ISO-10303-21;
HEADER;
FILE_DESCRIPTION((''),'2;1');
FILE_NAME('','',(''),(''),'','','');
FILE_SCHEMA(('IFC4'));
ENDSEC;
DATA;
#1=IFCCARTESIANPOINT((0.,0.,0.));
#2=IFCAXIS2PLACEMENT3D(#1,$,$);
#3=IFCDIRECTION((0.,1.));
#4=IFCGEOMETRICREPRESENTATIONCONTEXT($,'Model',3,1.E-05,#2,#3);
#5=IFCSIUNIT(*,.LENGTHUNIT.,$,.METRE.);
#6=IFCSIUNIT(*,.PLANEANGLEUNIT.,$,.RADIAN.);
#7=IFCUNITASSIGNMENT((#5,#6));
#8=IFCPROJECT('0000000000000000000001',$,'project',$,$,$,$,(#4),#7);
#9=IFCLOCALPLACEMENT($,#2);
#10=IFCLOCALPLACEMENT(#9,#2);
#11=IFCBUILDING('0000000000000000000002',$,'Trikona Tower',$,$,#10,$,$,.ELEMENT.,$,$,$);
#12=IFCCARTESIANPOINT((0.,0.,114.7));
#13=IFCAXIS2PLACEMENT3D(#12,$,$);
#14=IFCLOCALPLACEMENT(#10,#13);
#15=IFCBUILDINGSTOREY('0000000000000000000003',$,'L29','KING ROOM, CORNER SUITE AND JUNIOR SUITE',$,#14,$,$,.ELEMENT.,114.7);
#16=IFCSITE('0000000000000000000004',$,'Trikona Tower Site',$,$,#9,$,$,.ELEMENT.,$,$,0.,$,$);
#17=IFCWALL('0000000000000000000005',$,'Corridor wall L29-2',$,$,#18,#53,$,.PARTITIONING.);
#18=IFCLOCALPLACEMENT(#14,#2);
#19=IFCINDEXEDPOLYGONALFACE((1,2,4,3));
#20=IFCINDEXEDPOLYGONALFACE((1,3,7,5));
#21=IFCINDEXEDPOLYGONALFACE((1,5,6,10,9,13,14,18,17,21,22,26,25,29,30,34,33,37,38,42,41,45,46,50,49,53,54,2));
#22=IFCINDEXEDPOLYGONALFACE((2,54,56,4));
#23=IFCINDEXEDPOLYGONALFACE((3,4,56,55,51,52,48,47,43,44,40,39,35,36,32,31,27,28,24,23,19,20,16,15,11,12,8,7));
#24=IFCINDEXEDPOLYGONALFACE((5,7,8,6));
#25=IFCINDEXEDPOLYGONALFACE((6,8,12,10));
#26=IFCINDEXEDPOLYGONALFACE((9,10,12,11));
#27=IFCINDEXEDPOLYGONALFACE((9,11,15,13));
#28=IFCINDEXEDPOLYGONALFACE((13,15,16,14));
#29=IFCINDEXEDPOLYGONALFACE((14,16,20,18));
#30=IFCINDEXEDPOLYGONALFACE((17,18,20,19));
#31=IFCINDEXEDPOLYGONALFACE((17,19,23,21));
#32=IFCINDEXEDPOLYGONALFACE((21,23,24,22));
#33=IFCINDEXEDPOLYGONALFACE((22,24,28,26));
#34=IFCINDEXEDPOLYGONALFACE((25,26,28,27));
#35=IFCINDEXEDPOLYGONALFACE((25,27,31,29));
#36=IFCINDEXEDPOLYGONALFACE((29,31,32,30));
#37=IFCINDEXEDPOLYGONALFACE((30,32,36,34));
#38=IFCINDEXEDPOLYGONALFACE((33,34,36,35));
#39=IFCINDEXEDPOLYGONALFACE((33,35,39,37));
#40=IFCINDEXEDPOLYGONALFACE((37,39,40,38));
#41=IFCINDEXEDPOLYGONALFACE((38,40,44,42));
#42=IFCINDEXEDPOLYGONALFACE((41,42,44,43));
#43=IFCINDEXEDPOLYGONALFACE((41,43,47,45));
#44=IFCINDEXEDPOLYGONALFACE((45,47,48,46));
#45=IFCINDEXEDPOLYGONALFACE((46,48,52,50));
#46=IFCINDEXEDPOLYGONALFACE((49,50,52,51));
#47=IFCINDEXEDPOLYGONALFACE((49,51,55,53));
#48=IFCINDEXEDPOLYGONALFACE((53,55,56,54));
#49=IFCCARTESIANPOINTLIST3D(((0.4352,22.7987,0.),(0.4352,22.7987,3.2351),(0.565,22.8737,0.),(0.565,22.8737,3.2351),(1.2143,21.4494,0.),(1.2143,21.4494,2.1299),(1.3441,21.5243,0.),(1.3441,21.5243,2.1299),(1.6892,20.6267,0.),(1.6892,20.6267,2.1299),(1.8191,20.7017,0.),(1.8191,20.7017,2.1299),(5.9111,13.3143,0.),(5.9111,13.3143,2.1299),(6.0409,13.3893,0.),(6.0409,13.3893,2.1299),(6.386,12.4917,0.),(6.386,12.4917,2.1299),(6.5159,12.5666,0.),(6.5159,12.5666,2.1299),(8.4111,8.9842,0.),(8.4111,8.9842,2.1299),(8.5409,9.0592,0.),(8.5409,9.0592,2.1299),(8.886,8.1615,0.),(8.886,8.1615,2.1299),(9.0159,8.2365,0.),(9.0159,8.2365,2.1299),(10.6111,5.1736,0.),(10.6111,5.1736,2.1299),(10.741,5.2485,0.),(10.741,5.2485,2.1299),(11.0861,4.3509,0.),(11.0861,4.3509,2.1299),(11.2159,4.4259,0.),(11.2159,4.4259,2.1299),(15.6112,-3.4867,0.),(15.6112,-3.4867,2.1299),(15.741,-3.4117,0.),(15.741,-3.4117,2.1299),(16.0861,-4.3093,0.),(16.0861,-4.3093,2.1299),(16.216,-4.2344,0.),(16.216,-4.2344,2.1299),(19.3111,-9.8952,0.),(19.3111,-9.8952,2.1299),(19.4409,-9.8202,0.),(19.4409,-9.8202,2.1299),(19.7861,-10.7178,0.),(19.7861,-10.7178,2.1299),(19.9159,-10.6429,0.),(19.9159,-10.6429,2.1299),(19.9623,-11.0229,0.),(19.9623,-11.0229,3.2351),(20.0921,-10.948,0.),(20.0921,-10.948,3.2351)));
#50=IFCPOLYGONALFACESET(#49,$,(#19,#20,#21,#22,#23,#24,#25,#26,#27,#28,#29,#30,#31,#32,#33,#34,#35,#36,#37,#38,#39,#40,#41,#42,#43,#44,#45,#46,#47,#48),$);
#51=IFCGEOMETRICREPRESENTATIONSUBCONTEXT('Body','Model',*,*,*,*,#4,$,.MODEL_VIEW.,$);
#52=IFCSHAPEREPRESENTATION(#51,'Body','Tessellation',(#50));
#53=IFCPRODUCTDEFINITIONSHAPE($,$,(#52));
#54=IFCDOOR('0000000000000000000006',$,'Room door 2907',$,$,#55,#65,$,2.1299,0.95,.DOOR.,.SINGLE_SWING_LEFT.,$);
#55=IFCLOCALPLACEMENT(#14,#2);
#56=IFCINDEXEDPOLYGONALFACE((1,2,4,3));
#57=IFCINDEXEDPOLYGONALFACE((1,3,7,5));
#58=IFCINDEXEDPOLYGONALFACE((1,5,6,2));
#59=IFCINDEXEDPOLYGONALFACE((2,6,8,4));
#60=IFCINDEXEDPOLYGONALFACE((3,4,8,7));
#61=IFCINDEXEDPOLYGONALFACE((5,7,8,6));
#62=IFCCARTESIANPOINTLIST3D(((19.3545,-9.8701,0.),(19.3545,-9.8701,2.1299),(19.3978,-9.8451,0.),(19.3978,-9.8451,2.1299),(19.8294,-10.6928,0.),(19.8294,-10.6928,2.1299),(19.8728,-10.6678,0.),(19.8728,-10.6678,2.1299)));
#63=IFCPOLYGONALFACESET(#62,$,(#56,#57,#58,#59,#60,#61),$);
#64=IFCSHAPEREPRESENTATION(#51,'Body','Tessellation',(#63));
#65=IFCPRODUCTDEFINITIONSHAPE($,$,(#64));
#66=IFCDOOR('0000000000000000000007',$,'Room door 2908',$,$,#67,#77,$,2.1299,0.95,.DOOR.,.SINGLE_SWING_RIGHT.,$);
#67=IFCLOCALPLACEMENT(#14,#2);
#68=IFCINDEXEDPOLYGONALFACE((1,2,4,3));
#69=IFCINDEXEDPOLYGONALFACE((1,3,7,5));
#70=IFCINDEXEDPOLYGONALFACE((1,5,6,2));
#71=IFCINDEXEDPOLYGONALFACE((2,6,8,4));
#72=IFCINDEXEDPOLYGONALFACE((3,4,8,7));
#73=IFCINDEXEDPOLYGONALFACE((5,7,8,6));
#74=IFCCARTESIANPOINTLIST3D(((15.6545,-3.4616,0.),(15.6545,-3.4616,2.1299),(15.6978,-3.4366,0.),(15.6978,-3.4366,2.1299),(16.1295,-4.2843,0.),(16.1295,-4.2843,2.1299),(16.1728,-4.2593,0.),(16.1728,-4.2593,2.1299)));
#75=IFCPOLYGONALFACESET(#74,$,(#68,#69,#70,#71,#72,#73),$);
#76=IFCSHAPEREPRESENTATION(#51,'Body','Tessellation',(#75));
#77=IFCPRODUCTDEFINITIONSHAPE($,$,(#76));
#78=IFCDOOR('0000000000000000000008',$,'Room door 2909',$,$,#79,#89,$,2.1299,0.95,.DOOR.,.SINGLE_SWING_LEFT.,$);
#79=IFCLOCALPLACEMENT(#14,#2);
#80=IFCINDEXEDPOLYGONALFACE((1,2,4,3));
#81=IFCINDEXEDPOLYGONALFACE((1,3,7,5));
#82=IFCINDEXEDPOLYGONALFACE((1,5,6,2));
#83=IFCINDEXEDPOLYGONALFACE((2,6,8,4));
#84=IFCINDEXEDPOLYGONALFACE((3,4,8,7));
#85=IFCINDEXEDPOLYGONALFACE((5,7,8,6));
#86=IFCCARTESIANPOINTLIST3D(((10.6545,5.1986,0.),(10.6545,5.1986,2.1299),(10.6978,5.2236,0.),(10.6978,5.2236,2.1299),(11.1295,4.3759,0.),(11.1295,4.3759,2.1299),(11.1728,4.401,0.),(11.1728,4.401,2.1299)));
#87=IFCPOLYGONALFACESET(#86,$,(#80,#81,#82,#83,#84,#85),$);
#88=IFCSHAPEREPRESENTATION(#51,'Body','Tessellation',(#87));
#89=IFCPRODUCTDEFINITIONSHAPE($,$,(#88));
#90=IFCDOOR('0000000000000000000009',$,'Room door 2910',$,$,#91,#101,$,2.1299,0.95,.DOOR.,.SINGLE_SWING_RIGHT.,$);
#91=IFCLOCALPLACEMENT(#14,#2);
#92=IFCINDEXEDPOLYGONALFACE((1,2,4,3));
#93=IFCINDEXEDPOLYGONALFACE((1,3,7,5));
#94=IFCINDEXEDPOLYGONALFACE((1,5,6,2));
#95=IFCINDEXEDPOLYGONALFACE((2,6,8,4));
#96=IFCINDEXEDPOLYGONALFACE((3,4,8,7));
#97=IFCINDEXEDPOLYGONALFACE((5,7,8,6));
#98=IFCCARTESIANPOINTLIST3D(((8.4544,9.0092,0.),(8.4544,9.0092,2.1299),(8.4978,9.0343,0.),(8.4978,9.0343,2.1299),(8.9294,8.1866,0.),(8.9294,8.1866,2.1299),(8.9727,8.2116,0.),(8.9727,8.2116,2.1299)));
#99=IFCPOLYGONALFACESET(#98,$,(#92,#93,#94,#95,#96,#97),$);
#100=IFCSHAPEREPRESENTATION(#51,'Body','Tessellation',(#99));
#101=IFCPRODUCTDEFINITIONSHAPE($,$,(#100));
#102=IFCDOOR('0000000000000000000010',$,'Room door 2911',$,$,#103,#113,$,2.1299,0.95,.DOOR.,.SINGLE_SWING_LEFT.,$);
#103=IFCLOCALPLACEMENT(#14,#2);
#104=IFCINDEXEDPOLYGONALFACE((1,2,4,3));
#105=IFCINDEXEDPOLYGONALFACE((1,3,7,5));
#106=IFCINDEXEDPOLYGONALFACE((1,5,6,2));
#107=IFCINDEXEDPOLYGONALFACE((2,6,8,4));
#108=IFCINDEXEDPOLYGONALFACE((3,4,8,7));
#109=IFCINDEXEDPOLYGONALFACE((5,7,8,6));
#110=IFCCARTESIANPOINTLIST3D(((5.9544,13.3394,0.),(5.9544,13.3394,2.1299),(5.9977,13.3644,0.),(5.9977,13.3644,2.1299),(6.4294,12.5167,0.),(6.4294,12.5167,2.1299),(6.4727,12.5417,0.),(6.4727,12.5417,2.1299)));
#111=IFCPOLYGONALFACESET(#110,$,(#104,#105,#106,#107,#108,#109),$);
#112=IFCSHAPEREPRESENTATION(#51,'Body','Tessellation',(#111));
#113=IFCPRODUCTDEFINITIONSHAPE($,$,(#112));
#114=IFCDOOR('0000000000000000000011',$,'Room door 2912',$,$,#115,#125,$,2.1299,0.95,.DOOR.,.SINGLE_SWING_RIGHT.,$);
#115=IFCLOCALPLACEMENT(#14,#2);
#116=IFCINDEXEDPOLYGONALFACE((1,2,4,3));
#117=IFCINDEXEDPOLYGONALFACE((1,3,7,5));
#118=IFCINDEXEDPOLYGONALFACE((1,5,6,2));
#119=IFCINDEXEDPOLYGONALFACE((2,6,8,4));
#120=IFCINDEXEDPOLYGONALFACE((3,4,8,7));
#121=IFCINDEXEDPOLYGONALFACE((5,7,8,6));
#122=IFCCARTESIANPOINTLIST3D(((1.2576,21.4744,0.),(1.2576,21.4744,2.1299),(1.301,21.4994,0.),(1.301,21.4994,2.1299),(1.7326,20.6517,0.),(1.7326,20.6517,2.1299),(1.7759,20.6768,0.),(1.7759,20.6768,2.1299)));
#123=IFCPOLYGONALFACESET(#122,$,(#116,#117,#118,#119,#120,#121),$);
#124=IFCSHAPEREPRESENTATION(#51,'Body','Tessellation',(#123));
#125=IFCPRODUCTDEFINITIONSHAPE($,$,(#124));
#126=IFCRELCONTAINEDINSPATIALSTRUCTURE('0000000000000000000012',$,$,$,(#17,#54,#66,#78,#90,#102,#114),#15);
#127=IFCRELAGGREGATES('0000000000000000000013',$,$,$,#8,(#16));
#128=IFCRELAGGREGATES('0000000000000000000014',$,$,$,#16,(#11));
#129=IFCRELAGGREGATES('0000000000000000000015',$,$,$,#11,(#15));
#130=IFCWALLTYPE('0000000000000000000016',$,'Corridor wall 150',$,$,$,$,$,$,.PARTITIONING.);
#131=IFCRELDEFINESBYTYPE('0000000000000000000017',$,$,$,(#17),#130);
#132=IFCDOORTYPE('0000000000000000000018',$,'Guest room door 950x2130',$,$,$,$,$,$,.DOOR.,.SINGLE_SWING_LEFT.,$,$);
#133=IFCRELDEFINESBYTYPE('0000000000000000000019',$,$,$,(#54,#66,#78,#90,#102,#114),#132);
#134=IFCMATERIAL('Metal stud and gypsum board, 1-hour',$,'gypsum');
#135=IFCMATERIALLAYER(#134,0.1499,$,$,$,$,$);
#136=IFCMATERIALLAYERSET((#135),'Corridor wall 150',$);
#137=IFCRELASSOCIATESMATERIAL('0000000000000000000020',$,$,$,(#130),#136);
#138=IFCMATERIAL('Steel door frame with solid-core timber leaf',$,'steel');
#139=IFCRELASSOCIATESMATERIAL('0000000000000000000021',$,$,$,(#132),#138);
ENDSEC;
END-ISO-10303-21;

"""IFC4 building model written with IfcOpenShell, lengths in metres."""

from ifc_helpers import new_model, si_unit, direction, frame, frame_2d, origin, place, context, subcontext, project, spatial, rectangle, extrude, material, layer, layer_set, type_object, element, fill, save


model = new_model("IFC4")

# Units and contexts
model_context = context("Model", 3, precision=1e-05, world=origin(), true_north=direction((0.0, 1.0)))
body_context = subcontext(model_context, "Body", "Model", "MODEL_VIEW")
ifc_project = project(units=[si_unit("LENGTHUNIT", "METRE"), si_unit("PLANEANGLEUNIT", "RADIAN")], contexts=[model_context])

# Site, building, storey
site_placement = place(None, origin())
site = spatial("IfcSite", under=ifc_project, at=site_placement, Name="Trikona Tower Site", CompositionType="ELEMENT", RefElevation=0.0)
building_placement = place(site_placement, origin())
building = spatial("IfcBuilding", under=site, at=building_placement, Name="Trikona Tower", CompositionType="ELEMENT")
storey_placement = place(building_placement, frame((0.0, 0.0, 114.7)))
storey = spatial("IfcBuildingStorey", under=building, at=storey_placement, Name="L29", Description="KING ROOM, CORNER SUITE AND JUNIOR SUITE", CompositionType="ELEMENT", Elevation=114.7)

# Wall, openings, doors
ifc_material_1 = material(Name="Metal stud and gypsum board, 1-hour", Category="gypsum")
ifc_layer_1 = layer(ifc_material_1, 0.1499)
ifc_layer_set_1 = layer_set([ifc_layer_1], Name="Corridor wall 150")
wall_type_1 = type_object("IfcWallType", Name="Corridor wall 150", PredefinedType="PARTITIONING", material=ifc_layer_set_1)
wall_1_placement = place(storey_placement, frame((20.0271, -10.9854, 0.0), z_axis=(0.0, 0.0, 1.0), x_axis=(-0.500002, 0.866024, 0.0)))
wall_1 = element("IfcWall", 1, at=wall_1_placement, inside=storey, type_object=wall_type_1, Name="Corridor wall L29-2", PredefinedType="PARTITIONING", context=body_context, shape_type="SweptSolid", body=[
    extrude(rectangle(XDim=39.054, YDim=0.1499, at=frame_2d((19.5269, 0.0))), origin(), (0.0, 0.0, 1.0), 3.2351),
])
opening_1_placement = place(wall_1_placement, frame((0.3521, 0.0, 0.0)))
opening_1 = element("IfcOpeningElement", 2, at=opening_1_placement, cuts=wall_1, PredefinedType="OPENING", context=body_context, shape_type="SweptSolid", body=[
    extrude(rectangle(XDim=0.95, YDim=2.1299, at=frame_2d((0.4751, 1.0649))), frame((0.0, 0.085, 0.0), z_axis=(0.0, -1.0, 0.0), x_axis=(1.0, 0.0, 0.0)), (0.0, 0.0, 1.0), 0.1699),
])
opening_2_placement = place(wall_1_placement, frame((7.752, 0.0, 0.0)))
opening_2 = element("IfcOpeningElement", 3, at=opening_2_placement, cuts=wall_1, PredefinedType="OPENING", context=body_context, shape_type="SweptSolid", body=[
    extrude(rectangle(XDim=0.95, YDim=2.1299, at=frame_2d((0.4751, 1.0649))), frame((0.0, 0.085, 0.0), z_axis=(0.0, -1.0, 0.0), x_axis=(1.0, 0.0, 0.0)), (0.0, 0.0, 1.0), 0.1699),
])
opening_3_placement = place(wall_1_placement, frame((17.752, 0.0, 0.0)))
opening_3 = element("IfcOpeningElement", 4, at=opening_3_placement, cuts=wall_1, PredefinedType="OPENING", context=body_context, shape_type="SweptSolid", body=[
    extrude(rectangle(XDim=0.95, YDim=2.1299, at=frame_2d((0.4751, 1.0649))), frame((0.0, 0.085, 0.0), z_axis=(0.0, -1.0, 0.0), x_axis=(1.0, 0.0, 0.0)), (0.0, 0.0, 1.0), 0.1699),
])
opening_4_placement = place(wall_1_placement, frame((22.1521, 0.0, 0.0)))
opening_4 = element("IfcOpeningElement", 5, at=opening_4_placement, cuts=wall_1, PredefinedType="OPENING", context=body_context, shape_type="SweptSolid", body=[
    extrude(rectangle(XDim=0.95, YDim=2.1299, at=frame_2d((0.4751, 1.0649))), frame((0.0, 0.085, 0.0), z_axis=(0.0, -1.0, 0.0), x_axis=(1.0, 0.0, 0.0)), (0.0, 0.0, 1.0), 0.1699),
])
opening_5_placement = place(wall_1_placement, frame((27.1521, 0.0, 0.0)))
opening_5 = element("IfcOpeningElement", 6, at=opening_5_placement, cuts=wall_1, PredefinedType="OPENING", context=body_context, shape_type="SweptSolid", body=[
    extrude(rectangle(XDim=0.95, YDim=2.1299, at=frame_2d((0.4751, 1.0649))), frame((0.0, 0.085, 0.0), z_axis=(0.0, -1.0, 0.0), x_axis=(1.0, 0.0, 0.0)), (0.0, 0.0, 1.0), 0.1699),
])
opening_6_placement = place(wall_1_placement, frame((36.5457, 0.0, 0.0)))
opening_6 = element("IfcOpeningElement", 7, at=opening_6_placement, cuts=wall_1, PredefinedType="OPENING", context=body_context, shape_type="SweptSolid", body=[
    extrude(rectangle(XDim=0.95, YDim=2.1299, at=frame_2d((0.4751, 1.0649))), frame((0.0, 0.085, 0.0), z_axis=(0.0, -1.0, 0.0), x_axis=(1.0, 0.0, 0.0)), (0.0, 0.0, 1.0), 0.1699),
])
ifc_material_2 = material(Name="Steel door frame with solid-core timber leaf", Category="steel")
door_type_1 = type_object("IfcDoorType", Name="Guest room door 950x2130", OperationType="SINGLE_SWING_LEFT", PredefinedType="DOOR", material=ifc_material_2)
door_1_placement = place(opening_1_placement, origin())
door_1 = element("IfcDoor", 8, at=door_1_placement, inside=storey, type_object=door_type_1, Name="Room door 2907", OperationType="SINGLE_SWING_LEFT", OverallHeight=2.1299, OverallWidth=0.95, PredefinedType="DOOR", context=body_context, shape_type="SweptSolid", body=[
    extrude(rectangle(XDim=0.95, YDim=2.1299, at=frame_2d((0.4751, 1.0649))), frame((0.0, 0.0249, 0.0), z_axis=(0.0, -1.0, 0.0), x_axis=(1.0, 0.0, 0.0)), (0.0, 0.0, 1.0), 0.05),
])
fill(opening_1, door_1)
door_2_placement = place(opening_2_placement, origin())
door_2 = element("IfcDoor", 9, at=door_2_placement, inside=storey, type_object=door_type_1, Name="Room door 2908", OperationType="SINGLE_SWING_RIGHT", OverallHeight=2.1299, OverallWidth=0.95, PredefinedType="DOOR", context=body_context, shape_type="SweptSolid", body=[
    extrude(rectangle(XDim=0.95, YDim=2.1299, at=frame_2d((0.4751, 1.0649))), frame((0.0, 0.0249, 0.0), z_axis=(0.0, -1.0, 0.0), x_axis=(1.0, 0.0, 0.0)), (0.0, 0.0, 1.0), 0.05),
])
fill(opening_2, door_2)
door_3_placement = place(opening_3_placement, origin())
door_3 = element("IfcDoor", 10, at=door_3_placement, inside=storey, type_object=door_type_1, Name="Room door 2909", OperationType="SINGLE_SWING_LEFT", OverallHeight=2.1299, OverallWidth=0.95, PredefinedType="DOOR", context=body_context, shape_type="SweptSolid", body=[
    extrude(rectangle(XDim=0.95, YDim=2.1299, at=frame_2d((0.4751, 1.0649))), frame((0.0, 0.0249, 0.0), z_axis=(0.0, -1.0, 0.0), x_axis=(1.0, 0.0, 0.0)), (0.0, 0.0, 1.0), 0.05),
])
fill(opening_3, door_3)
door_4_placement = place(opening_4_placement, origin())
door_4 = element("IfcDoor", 11, at=door_4_placement, inside=storey, type_object=door_type_1, Name="Room door 2910", OperationType="SINGLE_SWING_RIGHT", OverallHeight=2.1299, OverallWidth=0.95, PredefinedType="DOOR", context=body_context, shape_type="SweptSolid", body=[
    extrude(rectangle(XDim=0.95, YDim=2.1299, at=frame_2d((0.4751, 1.0649))), frame((0.0, 0.0249, 0.0), z_axis=(0.0, -1.0, 0.0), x_axis=(1.0, 0.0, 0.0)), (0.0, 0.0, 1.0), 0.05),
])
fill(opening_4, door_4)
door_5_placement = place(opening_5_placement, origin())
door_5 = element("IfcDoor", 12, at=door_5_placement, inside=storey, type_object=door_type_1, Name="Room door 2911", OperationType="SINGLE_SWING_LEFT", OverallHeight=2.1299, OverallWidth=0.95, PredefinedType="DOOR", context=body_context, shape_type="SweptSolid", body=[
    extrude(rectangle(XDim=0.95, YDim=2.1299, at=frame_2d((0.4751, 1.0649))), frame((0.0, 0.0249, 0.0), z_axis=(0.0, -1.0, 0.0), x_axis=(1.0, 0.0, 0.0)), (0.0, 0.0, 1.0), 0.05),
])
fill(opening_5, door_5)
door_6_placement = place(opening_6_placement, origin())
door_6 = element("IfcDoor", 13, at=door_6_placement, inside=storey, type_object=door_type_1, Name="Room door 2912", OperationType="SINGLE_SWING_RIGHT", OverallHeight=2.1299, OverallWidth=0.95, PredefinedType="DOOR", context=body_context, shape_type="SweptSolid", body=[
    extrude(rectangle(XDim=0.95, YDim=2.1299, at=frame_2d((0.4751, 1.0649))), frame((0.0, 0.0249, 0.0), z_axis=(0.0, -1.0, 0.0), x_axis=(1.0, 0.0, 0.0)), (0.0, 0.0, 1.0), 0.05),
])
fill(opening_6, door_6)

save(model, "model.ifc")
